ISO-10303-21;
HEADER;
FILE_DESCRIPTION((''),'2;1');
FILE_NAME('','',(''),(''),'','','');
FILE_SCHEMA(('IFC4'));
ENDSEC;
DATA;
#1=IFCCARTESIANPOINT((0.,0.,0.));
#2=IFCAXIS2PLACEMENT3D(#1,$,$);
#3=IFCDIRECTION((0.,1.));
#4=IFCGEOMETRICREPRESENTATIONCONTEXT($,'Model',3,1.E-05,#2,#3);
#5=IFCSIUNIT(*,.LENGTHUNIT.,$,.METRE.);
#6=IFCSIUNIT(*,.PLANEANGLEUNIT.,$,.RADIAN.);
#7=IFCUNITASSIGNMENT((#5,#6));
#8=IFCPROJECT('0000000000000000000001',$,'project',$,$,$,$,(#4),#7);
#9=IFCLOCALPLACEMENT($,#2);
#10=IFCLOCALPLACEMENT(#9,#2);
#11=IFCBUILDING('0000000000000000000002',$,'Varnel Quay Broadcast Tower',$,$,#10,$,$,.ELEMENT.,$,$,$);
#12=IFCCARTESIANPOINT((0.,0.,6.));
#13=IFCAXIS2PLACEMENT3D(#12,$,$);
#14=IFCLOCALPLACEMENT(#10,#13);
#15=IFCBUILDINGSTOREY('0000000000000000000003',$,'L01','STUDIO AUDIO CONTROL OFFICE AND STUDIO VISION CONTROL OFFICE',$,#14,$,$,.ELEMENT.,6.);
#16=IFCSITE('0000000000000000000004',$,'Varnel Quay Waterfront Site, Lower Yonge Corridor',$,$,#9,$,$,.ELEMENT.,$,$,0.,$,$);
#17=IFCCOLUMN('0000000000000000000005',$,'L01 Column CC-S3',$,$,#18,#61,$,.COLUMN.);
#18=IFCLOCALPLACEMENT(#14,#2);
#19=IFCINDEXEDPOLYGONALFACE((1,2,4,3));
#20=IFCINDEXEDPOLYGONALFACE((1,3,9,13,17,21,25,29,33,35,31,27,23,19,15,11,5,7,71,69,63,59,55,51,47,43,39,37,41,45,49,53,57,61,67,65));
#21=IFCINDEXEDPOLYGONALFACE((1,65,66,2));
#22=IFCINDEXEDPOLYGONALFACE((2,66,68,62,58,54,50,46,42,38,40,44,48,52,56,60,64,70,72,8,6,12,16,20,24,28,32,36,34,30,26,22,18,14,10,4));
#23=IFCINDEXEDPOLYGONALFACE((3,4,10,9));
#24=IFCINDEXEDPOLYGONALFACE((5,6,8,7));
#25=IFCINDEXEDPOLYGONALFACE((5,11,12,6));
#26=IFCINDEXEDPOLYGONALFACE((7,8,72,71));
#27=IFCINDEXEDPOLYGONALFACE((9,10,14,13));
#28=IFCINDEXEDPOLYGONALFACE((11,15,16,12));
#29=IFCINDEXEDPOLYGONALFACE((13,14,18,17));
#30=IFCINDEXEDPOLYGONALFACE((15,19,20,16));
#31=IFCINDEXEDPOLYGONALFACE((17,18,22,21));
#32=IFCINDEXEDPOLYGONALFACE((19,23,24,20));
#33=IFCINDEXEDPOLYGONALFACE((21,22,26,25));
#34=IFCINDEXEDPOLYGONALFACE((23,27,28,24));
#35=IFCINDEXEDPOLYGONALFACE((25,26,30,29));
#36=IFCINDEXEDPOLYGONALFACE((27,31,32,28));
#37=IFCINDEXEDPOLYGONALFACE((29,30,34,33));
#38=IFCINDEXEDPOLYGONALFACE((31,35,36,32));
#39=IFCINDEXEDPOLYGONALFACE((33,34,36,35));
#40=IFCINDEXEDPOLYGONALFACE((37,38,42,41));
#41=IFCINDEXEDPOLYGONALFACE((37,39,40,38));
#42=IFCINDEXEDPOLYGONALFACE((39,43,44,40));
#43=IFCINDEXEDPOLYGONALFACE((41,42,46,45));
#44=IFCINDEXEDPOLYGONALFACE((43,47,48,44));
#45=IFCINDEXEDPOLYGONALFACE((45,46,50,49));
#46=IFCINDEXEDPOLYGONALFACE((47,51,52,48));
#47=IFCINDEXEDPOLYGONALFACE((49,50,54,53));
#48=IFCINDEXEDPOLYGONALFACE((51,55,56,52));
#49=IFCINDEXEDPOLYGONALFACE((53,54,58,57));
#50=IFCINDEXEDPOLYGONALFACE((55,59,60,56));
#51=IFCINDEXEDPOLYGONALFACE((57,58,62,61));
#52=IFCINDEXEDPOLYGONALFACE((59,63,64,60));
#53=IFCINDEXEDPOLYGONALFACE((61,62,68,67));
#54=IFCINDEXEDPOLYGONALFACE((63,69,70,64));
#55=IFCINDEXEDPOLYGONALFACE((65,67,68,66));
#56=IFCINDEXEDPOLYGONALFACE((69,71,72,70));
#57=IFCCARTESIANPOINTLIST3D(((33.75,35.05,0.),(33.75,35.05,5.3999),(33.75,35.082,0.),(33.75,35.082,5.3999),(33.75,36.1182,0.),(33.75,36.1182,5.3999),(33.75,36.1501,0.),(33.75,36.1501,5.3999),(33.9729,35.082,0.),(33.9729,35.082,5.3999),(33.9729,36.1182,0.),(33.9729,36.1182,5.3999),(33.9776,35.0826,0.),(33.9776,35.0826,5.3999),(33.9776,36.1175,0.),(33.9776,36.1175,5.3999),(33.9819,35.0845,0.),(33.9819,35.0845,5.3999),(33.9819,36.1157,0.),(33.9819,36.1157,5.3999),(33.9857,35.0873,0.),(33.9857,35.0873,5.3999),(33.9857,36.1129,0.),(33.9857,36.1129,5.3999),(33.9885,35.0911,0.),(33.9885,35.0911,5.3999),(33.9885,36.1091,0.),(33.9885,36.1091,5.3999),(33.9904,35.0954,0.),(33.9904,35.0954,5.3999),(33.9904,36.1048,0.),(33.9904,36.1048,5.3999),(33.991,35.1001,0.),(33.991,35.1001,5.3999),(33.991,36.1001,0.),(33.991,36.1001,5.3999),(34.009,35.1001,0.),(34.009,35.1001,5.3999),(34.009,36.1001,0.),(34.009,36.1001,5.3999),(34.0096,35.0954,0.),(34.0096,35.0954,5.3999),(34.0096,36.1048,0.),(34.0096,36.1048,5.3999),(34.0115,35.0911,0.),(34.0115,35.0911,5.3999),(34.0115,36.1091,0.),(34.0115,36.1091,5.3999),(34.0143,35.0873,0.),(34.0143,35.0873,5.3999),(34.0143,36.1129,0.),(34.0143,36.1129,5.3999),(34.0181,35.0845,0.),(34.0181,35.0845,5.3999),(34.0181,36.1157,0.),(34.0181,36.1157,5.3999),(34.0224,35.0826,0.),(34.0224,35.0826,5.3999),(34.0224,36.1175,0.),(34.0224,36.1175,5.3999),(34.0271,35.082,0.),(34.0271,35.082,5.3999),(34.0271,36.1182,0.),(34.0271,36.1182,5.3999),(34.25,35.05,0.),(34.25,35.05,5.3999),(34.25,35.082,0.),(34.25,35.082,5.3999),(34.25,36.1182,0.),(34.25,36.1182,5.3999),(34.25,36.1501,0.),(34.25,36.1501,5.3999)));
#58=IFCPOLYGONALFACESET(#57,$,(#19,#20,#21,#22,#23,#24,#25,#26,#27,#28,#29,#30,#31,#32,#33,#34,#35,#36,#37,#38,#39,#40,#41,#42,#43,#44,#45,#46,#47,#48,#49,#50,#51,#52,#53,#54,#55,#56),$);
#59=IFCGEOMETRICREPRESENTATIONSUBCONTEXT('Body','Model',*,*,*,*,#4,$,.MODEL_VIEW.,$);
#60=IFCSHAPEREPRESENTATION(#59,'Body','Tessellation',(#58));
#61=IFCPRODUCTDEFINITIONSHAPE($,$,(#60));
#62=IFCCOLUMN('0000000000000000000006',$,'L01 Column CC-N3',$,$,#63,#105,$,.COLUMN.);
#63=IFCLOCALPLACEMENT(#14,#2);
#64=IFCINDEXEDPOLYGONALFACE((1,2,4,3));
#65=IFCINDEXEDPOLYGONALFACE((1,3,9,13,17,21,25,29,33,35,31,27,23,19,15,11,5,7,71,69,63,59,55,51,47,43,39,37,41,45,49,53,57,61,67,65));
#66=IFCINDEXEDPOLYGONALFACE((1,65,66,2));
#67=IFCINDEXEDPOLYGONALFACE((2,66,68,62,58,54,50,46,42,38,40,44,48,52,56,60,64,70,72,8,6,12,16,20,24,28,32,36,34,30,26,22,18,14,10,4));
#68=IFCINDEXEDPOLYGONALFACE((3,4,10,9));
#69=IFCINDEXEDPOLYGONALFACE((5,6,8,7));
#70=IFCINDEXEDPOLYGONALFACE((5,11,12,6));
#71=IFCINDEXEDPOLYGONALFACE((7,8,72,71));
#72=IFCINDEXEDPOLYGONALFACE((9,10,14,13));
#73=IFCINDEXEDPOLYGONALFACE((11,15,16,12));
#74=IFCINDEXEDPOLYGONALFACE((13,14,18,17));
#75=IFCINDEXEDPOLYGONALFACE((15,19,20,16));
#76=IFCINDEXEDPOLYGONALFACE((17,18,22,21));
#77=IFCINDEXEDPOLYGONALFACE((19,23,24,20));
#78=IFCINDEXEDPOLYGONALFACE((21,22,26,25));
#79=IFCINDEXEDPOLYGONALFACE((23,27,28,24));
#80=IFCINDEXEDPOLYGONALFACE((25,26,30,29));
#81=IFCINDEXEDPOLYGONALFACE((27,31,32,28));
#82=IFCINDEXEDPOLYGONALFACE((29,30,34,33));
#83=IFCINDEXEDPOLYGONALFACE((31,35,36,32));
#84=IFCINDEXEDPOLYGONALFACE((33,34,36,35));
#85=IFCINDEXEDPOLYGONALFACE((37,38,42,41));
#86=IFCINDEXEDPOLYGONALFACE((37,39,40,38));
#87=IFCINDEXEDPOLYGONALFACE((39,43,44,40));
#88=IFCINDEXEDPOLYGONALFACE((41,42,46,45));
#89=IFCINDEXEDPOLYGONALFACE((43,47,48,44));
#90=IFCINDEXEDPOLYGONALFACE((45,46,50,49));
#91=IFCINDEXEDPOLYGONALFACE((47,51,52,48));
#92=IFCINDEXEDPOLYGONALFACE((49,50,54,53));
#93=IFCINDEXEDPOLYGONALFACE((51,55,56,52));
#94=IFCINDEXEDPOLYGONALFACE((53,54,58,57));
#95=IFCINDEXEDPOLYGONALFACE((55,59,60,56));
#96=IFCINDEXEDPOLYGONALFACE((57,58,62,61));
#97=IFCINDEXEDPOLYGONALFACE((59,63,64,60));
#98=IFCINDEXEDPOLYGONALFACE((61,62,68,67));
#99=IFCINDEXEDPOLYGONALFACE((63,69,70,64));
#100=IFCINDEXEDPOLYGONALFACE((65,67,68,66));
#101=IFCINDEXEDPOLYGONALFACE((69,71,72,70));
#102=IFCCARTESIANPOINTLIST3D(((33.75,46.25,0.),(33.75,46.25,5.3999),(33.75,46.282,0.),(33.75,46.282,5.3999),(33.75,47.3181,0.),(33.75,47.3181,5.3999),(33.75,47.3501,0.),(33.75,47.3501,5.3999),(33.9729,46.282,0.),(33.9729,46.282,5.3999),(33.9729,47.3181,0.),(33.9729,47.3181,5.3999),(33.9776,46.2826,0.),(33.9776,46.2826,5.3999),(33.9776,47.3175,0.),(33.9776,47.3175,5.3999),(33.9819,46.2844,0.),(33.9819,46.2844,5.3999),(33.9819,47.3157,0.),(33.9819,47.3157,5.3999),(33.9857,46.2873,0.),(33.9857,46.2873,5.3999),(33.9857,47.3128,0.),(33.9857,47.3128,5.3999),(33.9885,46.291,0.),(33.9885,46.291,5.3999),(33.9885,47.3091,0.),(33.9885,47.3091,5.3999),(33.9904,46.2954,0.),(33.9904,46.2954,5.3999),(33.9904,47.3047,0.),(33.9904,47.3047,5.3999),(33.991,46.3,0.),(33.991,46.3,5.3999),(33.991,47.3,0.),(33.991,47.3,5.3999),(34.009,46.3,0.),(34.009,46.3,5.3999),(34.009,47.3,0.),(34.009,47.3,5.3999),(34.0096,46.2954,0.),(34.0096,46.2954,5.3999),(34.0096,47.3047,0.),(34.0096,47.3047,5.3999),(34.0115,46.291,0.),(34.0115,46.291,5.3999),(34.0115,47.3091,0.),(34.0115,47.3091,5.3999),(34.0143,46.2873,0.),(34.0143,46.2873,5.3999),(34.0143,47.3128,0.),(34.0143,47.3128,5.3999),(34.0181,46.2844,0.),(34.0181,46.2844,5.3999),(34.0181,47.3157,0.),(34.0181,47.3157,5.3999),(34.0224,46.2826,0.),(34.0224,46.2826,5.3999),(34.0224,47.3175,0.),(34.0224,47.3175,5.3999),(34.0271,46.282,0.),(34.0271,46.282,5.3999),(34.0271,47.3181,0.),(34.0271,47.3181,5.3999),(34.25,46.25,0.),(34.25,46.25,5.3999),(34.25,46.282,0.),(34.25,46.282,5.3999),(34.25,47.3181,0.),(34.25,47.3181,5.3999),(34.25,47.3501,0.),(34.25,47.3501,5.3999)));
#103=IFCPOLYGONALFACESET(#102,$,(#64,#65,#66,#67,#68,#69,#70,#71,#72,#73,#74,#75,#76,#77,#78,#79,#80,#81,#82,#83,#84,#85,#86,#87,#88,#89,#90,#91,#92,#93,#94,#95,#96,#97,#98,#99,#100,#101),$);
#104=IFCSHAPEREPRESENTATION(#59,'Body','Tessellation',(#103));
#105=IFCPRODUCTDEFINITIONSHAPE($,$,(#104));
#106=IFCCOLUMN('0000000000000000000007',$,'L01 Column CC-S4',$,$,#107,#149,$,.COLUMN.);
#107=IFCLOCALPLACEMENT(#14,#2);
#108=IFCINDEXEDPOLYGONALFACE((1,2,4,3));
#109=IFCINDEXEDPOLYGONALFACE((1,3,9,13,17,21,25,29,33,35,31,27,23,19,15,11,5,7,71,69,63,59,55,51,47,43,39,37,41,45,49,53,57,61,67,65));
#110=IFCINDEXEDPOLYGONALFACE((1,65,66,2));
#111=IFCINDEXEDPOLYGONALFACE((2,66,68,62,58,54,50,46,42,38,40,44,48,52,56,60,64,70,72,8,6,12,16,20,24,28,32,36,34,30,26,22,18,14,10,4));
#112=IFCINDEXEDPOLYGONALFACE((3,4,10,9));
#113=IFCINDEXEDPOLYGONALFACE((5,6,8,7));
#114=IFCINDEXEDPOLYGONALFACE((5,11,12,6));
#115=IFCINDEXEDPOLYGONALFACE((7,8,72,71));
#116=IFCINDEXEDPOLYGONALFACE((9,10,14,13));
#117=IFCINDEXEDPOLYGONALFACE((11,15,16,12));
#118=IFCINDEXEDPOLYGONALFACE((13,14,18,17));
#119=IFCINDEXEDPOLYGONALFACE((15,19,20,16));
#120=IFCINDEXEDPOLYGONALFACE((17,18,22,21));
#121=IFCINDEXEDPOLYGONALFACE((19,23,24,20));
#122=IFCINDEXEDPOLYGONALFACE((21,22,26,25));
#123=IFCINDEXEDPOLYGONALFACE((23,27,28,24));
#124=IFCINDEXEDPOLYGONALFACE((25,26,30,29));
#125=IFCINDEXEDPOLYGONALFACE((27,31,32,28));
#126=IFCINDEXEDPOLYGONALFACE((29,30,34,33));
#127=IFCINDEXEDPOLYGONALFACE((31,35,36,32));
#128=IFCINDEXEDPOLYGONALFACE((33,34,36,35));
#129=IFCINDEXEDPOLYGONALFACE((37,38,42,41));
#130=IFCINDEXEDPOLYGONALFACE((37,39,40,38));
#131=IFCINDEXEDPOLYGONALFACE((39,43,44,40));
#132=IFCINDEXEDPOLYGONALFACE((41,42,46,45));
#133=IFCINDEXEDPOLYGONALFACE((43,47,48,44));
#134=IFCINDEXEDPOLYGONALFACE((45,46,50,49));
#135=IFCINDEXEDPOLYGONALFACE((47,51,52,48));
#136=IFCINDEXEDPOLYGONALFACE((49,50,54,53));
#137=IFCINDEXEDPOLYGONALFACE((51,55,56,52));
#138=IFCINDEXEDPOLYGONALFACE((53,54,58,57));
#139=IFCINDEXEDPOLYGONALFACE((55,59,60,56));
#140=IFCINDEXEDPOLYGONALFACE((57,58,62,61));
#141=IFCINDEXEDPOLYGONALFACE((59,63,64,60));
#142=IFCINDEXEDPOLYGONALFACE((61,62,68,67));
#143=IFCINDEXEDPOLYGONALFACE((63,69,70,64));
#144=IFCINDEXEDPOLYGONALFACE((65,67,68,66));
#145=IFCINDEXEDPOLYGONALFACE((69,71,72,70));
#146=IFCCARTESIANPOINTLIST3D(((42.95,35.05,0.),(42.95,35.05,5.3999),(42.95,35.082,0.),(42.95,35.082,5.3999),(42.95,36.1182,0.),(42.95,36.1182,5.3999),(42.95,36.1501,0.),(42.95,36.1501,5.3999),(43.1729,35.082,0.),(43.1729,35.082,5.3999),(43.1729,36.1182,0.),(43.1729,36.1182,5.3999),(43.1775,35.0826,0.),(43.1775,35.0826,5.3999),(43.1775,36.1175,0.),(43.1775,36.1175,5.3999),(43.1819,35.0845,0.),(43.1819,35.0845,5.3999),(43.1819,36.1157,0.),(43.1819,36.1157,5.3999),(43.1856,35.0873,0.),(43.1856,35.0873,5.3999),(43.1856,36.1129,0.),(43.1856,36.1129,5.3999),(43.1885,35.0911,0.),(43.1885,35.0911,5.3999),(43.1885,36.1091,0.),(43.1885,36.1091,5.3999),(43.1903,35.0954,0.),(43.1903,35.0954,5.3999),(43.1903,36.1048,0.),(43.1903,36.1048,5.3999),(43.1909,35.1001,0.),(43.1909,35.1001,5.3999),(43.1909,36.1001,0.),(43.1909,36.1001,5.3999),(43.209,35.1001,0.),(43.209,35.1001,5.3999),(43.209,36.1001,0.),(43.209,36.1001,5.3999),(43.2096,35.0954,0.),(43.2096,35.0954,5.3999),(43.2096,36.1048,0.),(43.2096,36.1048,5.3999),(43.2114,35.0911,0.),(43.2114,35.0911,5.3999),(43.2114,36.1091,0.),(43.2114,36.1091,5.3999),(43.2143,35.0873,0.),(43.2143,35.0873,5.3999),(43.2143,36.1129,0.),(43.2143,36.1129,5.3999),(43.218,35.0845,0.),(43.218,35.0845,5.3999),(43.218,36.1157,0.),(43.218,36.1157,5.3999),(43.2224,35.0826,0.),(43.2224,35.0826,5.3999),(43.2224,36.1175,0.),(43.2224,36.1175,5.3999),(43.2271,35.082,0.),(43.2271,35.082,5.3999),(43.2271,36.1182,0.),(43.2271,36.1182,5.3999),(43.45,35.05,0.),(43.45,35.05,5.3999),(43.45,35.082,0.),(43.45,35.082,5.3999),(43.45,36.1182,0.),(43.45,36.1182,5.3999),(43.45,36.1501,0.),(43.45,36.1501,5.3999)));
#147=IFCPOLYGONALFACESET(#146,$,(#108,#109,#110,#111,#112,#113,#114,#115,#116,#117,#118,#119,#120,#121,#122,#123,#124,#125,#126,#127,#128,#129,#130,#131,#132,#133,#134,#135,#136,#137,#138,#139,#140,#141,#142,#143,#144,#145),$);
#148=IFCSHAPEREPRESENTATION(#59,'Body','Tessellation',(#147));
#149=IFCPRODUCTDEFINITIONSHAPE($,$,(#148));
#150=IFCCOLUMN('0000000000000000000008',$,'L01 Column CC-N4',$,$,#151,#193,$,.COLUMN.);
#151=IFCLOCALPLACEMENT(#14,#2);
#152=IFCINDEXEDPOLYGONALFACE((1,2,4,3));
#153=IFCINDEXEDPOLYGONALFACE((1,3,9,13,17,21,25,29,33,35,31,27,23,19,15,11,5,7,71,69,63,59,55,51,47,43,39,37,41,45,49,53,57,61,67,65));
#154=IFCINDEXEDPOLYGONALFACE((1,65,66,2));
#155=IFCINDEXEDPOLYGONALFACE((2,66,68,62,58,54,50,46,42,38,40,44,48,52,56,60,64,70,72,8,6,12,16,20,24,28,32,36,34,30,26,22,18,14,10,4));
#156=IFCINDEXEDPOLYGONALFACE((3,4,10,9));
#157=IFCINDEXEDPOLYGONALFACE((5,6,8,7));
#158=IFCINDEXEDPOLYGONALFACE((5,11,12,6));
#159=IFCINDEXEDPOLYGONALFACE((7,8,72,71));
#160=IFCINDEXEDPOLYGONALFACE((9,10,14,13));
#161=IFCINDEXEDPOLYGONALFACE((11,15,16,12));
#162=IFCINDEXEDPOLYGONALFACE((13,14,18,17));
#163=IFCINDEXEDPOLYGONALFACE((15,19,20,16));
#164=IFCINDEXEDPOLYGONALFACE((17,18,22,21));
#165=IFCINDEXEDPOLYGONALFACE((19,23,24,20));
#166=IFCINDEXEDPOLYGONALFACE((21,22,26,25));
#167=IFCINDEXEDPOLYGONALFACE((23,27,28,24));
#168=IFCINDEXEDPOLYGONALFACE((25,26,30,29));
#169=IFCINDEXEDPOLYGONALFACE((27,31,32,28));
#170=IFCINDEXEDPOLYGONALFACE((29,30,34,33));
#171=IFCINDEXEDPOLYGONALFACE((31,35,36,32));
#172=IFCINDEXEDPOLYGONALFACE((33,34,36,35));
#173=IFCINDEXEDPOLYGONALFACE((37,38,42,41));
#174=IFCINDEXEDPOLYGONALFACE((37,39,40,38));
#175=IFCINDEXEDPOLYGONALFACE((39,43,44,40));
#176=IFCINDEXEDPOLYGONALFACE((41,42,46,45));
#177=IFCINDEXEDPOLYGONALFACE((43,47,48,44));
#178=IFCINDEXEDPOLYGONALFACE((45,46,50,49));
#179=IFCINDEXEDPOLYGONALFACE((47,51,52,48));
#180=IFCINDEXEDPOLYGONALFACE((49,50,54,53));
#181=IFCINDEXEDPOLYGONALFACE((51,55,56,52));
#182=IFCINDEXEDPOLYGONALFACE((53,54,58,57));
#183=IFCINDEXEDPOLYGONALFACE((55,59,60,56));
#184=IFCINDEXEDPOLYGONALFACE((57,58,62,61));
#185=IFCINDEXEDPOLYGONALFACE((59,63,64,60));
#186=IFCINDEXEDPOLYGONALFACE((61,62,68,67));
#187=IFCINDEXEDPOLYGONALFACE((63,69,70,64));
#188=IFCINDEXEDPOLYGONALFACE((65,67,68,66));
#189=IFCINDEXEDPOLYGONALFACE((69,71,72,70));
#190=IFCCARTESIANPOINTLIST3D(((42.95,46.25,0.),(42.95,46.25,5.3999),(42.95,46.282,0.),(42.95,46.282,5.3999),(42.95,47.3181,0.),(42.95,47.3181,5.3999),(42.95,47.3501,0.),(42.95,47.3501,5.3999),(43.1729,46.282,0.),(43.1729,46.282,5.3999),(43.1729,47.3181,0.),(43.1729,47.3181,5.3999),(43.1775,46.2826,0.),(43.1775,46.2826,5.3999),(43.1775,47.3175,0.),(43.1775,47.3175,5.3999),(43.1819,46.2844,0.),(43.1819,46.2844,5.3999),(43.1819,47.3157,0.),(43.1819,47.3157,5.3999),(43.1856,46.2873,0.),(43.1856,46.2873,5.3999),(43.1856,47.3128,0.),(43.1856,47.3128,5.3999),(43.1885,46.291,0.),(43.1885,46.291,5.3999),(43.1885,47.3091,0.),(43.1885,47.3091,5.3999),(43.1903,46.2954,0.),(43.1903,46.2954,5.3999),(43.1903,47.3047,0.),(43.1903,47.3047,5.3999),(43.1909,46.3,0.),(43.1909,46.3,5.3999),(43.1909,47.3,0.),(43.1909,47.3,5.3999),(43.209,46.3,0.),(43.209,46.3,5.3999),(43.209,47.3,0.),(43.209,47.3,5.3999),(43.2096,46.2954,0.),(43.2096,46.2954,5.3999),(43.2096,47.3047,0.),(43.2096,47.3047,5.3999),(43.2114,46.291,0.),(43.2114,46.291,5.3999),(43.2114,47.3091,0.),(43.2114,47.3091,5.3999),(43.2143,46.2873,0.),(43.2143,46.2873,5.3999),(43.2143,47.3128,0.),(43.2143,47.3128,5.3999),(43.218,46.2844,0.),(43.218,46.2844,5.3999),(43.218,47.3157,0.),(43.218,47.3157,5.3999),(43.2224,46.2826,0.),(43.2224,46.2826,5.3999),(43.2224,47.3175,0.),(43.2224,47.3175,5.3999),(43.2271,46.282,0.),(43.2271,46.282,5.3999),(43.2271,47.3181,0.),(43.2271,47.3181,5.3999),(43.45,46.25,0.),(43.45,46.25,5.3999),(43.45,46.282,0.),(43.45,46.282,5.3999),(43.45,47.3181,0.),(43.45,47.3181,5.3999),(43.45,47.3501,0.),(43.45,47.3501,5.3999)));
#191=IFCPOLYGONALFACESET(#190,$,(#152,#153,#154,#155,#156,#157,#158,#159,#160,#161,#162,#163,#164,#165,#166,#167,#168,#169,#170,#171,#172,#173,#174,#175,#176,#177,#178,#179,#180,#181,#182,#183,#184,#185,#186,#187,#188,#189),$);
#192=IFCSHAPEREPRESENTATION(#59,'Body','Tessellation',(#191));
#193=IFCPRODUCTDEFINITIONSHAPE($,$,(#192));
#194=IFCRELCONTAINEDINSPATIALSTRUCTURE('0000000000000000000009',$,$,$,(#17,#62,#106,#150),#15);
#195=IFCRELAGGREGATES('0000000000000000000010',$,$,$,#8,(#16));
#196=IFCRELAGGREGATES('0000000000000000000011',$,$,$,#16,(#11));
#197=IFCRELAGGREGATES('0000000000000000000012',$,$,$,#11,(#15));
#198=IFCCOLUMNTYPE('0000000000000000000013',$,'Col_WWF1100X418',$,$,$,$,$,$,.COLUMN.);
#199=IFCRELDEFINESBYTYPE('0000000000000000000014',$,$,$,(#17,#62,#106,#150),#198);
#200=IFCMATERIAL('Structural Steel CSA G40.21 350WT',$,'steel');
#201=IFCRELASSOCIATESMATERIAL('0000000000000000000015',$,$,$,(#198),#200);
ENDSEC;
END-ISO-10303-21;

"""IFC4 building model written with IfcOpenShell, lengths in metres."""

from ifc_helpers import new_model, si_unit, direction, frame, origin, origin_2d, place, context, subcontext, project, spatial, i_section, extrude, source, transform, mapped, material, material_profile, profile_set, type_object, type_shapes, element, save


model = new_model("IFC4")

# Units and contexts
model_context = context("Model", 3, precision=1e-05, world=origin(), true_north=direction((0.0, 1.0)))
body_context = subcontext(model_context, "Body", "Model", "MODEL_VIEW")
ifc_project = project(units=[si_unit("LENGTHUNIT", "METRE"), si_unit("PLANEANGLEUNIT", "RADIAN")], contexts=[model_context])

# Site, building, storey
site_placement = place(None, origin())
site = spatial("IfcSite", under=ifc_project, at=site_placement, Name="Varnel Quay Waterfront Site, Lower Yonge Corridor", CompositionType="ELEMENT", RefElevation=0.0)
building_placement = place(site_placement, origin())
building = spatial("IfcBuilding", under=site, at=building_placement, Name="Varnel Quay Broadcast Tower", CompositionType="ELEMENT")
storey_placement = place(building_placement, frame((0.0, 0.0, 6.0)))
storey = spatial("IfcBuildingStorey", under=building, at=storey_placement, Name="L01", Description="STUDIO AUDIO CONTROL OFFICE AND STUDIO VISION CONTROL OFFICE", CompositionType="ELEMENT", Elevation=6.0)

# Columns
ifc_material_1 = material(Name="Structural Steel CSA G40.21 350WT", Category="steel")
ifc_material_profile_1 = material_profile(ifc_material_1, i_section(OverallWidth=0.5, OverallDepth=1.1001, WebThickness=0.0181, FlangeThickness=0.032, FilletRadius=0.0181, at=origin_2d()), Name="WWF1100X418")
ifc_profile_set_1 = profile_set([ifc_material_profile_1], Name="Structural Steel CSA G40.21 350WT")
column_type_1 = type_object("IfcColumnType", Name="Col_WWF1100X418", PredefinedType="COLUMN", material=ifc_profile_set_1)
shared_shape_1 = source(origin(), body_context, "Body", "SweptSolid", [
    extrude(i_section(OverallWidth=0.5, OverallDepth=1.1001, WebThickness=0.0181, FlangeThickness=0.032, FilletRadius=0.0181, at=origin_2d()), origin(), (0.0, 0.0, 1.0), 5.3999),
])
type_shapes(column_type_1, [shared_shape_1])
for number, where, z_axis, x_axis, name in (
    (1, (34.0, 35.6001, 0.0), (0.0, 0.0, 1.0), (1.0, 0.0, 0.0), "L01 Column CC-S3"),
    (2, (34.0, 46.8, 0.0), (0.0, 0.0, 1.0), (1.0, 0.0, 0.0), "L01 Column CC-N3"),
    (3, (43.2, 35.6001, 0.0), (0.0, 0.0, 1.0), (1.0, 0.0, 0.0), "L01 Column CC-S4"),
    (4, (43.2, 46.8, 0.0), (0.0, 0.0, 1.0), (1.0, 0.0, 0.0), "L01 Column CC-N4"),
):
    element("IfcColumn", number, at=place(storey_placement, frame(where, z_axis=z_axis, x_axis=x_axis)), inside=storey, type_object=column_type_1, Name=name, PredefinedType="COLUMN", context=body_context, shape_type="MappedRepresentation", body=[
        mapped(shared_shape_1, transform((0.0, 0.0, 0.0), x_axis=(1.0, 0.0, 0.0), y_axis=(0.0, 1.0, 0.0), z_axis=(0.0, 0.0, 1.0), scale=1.0)),
    ])

save(model, "model.ifc")
